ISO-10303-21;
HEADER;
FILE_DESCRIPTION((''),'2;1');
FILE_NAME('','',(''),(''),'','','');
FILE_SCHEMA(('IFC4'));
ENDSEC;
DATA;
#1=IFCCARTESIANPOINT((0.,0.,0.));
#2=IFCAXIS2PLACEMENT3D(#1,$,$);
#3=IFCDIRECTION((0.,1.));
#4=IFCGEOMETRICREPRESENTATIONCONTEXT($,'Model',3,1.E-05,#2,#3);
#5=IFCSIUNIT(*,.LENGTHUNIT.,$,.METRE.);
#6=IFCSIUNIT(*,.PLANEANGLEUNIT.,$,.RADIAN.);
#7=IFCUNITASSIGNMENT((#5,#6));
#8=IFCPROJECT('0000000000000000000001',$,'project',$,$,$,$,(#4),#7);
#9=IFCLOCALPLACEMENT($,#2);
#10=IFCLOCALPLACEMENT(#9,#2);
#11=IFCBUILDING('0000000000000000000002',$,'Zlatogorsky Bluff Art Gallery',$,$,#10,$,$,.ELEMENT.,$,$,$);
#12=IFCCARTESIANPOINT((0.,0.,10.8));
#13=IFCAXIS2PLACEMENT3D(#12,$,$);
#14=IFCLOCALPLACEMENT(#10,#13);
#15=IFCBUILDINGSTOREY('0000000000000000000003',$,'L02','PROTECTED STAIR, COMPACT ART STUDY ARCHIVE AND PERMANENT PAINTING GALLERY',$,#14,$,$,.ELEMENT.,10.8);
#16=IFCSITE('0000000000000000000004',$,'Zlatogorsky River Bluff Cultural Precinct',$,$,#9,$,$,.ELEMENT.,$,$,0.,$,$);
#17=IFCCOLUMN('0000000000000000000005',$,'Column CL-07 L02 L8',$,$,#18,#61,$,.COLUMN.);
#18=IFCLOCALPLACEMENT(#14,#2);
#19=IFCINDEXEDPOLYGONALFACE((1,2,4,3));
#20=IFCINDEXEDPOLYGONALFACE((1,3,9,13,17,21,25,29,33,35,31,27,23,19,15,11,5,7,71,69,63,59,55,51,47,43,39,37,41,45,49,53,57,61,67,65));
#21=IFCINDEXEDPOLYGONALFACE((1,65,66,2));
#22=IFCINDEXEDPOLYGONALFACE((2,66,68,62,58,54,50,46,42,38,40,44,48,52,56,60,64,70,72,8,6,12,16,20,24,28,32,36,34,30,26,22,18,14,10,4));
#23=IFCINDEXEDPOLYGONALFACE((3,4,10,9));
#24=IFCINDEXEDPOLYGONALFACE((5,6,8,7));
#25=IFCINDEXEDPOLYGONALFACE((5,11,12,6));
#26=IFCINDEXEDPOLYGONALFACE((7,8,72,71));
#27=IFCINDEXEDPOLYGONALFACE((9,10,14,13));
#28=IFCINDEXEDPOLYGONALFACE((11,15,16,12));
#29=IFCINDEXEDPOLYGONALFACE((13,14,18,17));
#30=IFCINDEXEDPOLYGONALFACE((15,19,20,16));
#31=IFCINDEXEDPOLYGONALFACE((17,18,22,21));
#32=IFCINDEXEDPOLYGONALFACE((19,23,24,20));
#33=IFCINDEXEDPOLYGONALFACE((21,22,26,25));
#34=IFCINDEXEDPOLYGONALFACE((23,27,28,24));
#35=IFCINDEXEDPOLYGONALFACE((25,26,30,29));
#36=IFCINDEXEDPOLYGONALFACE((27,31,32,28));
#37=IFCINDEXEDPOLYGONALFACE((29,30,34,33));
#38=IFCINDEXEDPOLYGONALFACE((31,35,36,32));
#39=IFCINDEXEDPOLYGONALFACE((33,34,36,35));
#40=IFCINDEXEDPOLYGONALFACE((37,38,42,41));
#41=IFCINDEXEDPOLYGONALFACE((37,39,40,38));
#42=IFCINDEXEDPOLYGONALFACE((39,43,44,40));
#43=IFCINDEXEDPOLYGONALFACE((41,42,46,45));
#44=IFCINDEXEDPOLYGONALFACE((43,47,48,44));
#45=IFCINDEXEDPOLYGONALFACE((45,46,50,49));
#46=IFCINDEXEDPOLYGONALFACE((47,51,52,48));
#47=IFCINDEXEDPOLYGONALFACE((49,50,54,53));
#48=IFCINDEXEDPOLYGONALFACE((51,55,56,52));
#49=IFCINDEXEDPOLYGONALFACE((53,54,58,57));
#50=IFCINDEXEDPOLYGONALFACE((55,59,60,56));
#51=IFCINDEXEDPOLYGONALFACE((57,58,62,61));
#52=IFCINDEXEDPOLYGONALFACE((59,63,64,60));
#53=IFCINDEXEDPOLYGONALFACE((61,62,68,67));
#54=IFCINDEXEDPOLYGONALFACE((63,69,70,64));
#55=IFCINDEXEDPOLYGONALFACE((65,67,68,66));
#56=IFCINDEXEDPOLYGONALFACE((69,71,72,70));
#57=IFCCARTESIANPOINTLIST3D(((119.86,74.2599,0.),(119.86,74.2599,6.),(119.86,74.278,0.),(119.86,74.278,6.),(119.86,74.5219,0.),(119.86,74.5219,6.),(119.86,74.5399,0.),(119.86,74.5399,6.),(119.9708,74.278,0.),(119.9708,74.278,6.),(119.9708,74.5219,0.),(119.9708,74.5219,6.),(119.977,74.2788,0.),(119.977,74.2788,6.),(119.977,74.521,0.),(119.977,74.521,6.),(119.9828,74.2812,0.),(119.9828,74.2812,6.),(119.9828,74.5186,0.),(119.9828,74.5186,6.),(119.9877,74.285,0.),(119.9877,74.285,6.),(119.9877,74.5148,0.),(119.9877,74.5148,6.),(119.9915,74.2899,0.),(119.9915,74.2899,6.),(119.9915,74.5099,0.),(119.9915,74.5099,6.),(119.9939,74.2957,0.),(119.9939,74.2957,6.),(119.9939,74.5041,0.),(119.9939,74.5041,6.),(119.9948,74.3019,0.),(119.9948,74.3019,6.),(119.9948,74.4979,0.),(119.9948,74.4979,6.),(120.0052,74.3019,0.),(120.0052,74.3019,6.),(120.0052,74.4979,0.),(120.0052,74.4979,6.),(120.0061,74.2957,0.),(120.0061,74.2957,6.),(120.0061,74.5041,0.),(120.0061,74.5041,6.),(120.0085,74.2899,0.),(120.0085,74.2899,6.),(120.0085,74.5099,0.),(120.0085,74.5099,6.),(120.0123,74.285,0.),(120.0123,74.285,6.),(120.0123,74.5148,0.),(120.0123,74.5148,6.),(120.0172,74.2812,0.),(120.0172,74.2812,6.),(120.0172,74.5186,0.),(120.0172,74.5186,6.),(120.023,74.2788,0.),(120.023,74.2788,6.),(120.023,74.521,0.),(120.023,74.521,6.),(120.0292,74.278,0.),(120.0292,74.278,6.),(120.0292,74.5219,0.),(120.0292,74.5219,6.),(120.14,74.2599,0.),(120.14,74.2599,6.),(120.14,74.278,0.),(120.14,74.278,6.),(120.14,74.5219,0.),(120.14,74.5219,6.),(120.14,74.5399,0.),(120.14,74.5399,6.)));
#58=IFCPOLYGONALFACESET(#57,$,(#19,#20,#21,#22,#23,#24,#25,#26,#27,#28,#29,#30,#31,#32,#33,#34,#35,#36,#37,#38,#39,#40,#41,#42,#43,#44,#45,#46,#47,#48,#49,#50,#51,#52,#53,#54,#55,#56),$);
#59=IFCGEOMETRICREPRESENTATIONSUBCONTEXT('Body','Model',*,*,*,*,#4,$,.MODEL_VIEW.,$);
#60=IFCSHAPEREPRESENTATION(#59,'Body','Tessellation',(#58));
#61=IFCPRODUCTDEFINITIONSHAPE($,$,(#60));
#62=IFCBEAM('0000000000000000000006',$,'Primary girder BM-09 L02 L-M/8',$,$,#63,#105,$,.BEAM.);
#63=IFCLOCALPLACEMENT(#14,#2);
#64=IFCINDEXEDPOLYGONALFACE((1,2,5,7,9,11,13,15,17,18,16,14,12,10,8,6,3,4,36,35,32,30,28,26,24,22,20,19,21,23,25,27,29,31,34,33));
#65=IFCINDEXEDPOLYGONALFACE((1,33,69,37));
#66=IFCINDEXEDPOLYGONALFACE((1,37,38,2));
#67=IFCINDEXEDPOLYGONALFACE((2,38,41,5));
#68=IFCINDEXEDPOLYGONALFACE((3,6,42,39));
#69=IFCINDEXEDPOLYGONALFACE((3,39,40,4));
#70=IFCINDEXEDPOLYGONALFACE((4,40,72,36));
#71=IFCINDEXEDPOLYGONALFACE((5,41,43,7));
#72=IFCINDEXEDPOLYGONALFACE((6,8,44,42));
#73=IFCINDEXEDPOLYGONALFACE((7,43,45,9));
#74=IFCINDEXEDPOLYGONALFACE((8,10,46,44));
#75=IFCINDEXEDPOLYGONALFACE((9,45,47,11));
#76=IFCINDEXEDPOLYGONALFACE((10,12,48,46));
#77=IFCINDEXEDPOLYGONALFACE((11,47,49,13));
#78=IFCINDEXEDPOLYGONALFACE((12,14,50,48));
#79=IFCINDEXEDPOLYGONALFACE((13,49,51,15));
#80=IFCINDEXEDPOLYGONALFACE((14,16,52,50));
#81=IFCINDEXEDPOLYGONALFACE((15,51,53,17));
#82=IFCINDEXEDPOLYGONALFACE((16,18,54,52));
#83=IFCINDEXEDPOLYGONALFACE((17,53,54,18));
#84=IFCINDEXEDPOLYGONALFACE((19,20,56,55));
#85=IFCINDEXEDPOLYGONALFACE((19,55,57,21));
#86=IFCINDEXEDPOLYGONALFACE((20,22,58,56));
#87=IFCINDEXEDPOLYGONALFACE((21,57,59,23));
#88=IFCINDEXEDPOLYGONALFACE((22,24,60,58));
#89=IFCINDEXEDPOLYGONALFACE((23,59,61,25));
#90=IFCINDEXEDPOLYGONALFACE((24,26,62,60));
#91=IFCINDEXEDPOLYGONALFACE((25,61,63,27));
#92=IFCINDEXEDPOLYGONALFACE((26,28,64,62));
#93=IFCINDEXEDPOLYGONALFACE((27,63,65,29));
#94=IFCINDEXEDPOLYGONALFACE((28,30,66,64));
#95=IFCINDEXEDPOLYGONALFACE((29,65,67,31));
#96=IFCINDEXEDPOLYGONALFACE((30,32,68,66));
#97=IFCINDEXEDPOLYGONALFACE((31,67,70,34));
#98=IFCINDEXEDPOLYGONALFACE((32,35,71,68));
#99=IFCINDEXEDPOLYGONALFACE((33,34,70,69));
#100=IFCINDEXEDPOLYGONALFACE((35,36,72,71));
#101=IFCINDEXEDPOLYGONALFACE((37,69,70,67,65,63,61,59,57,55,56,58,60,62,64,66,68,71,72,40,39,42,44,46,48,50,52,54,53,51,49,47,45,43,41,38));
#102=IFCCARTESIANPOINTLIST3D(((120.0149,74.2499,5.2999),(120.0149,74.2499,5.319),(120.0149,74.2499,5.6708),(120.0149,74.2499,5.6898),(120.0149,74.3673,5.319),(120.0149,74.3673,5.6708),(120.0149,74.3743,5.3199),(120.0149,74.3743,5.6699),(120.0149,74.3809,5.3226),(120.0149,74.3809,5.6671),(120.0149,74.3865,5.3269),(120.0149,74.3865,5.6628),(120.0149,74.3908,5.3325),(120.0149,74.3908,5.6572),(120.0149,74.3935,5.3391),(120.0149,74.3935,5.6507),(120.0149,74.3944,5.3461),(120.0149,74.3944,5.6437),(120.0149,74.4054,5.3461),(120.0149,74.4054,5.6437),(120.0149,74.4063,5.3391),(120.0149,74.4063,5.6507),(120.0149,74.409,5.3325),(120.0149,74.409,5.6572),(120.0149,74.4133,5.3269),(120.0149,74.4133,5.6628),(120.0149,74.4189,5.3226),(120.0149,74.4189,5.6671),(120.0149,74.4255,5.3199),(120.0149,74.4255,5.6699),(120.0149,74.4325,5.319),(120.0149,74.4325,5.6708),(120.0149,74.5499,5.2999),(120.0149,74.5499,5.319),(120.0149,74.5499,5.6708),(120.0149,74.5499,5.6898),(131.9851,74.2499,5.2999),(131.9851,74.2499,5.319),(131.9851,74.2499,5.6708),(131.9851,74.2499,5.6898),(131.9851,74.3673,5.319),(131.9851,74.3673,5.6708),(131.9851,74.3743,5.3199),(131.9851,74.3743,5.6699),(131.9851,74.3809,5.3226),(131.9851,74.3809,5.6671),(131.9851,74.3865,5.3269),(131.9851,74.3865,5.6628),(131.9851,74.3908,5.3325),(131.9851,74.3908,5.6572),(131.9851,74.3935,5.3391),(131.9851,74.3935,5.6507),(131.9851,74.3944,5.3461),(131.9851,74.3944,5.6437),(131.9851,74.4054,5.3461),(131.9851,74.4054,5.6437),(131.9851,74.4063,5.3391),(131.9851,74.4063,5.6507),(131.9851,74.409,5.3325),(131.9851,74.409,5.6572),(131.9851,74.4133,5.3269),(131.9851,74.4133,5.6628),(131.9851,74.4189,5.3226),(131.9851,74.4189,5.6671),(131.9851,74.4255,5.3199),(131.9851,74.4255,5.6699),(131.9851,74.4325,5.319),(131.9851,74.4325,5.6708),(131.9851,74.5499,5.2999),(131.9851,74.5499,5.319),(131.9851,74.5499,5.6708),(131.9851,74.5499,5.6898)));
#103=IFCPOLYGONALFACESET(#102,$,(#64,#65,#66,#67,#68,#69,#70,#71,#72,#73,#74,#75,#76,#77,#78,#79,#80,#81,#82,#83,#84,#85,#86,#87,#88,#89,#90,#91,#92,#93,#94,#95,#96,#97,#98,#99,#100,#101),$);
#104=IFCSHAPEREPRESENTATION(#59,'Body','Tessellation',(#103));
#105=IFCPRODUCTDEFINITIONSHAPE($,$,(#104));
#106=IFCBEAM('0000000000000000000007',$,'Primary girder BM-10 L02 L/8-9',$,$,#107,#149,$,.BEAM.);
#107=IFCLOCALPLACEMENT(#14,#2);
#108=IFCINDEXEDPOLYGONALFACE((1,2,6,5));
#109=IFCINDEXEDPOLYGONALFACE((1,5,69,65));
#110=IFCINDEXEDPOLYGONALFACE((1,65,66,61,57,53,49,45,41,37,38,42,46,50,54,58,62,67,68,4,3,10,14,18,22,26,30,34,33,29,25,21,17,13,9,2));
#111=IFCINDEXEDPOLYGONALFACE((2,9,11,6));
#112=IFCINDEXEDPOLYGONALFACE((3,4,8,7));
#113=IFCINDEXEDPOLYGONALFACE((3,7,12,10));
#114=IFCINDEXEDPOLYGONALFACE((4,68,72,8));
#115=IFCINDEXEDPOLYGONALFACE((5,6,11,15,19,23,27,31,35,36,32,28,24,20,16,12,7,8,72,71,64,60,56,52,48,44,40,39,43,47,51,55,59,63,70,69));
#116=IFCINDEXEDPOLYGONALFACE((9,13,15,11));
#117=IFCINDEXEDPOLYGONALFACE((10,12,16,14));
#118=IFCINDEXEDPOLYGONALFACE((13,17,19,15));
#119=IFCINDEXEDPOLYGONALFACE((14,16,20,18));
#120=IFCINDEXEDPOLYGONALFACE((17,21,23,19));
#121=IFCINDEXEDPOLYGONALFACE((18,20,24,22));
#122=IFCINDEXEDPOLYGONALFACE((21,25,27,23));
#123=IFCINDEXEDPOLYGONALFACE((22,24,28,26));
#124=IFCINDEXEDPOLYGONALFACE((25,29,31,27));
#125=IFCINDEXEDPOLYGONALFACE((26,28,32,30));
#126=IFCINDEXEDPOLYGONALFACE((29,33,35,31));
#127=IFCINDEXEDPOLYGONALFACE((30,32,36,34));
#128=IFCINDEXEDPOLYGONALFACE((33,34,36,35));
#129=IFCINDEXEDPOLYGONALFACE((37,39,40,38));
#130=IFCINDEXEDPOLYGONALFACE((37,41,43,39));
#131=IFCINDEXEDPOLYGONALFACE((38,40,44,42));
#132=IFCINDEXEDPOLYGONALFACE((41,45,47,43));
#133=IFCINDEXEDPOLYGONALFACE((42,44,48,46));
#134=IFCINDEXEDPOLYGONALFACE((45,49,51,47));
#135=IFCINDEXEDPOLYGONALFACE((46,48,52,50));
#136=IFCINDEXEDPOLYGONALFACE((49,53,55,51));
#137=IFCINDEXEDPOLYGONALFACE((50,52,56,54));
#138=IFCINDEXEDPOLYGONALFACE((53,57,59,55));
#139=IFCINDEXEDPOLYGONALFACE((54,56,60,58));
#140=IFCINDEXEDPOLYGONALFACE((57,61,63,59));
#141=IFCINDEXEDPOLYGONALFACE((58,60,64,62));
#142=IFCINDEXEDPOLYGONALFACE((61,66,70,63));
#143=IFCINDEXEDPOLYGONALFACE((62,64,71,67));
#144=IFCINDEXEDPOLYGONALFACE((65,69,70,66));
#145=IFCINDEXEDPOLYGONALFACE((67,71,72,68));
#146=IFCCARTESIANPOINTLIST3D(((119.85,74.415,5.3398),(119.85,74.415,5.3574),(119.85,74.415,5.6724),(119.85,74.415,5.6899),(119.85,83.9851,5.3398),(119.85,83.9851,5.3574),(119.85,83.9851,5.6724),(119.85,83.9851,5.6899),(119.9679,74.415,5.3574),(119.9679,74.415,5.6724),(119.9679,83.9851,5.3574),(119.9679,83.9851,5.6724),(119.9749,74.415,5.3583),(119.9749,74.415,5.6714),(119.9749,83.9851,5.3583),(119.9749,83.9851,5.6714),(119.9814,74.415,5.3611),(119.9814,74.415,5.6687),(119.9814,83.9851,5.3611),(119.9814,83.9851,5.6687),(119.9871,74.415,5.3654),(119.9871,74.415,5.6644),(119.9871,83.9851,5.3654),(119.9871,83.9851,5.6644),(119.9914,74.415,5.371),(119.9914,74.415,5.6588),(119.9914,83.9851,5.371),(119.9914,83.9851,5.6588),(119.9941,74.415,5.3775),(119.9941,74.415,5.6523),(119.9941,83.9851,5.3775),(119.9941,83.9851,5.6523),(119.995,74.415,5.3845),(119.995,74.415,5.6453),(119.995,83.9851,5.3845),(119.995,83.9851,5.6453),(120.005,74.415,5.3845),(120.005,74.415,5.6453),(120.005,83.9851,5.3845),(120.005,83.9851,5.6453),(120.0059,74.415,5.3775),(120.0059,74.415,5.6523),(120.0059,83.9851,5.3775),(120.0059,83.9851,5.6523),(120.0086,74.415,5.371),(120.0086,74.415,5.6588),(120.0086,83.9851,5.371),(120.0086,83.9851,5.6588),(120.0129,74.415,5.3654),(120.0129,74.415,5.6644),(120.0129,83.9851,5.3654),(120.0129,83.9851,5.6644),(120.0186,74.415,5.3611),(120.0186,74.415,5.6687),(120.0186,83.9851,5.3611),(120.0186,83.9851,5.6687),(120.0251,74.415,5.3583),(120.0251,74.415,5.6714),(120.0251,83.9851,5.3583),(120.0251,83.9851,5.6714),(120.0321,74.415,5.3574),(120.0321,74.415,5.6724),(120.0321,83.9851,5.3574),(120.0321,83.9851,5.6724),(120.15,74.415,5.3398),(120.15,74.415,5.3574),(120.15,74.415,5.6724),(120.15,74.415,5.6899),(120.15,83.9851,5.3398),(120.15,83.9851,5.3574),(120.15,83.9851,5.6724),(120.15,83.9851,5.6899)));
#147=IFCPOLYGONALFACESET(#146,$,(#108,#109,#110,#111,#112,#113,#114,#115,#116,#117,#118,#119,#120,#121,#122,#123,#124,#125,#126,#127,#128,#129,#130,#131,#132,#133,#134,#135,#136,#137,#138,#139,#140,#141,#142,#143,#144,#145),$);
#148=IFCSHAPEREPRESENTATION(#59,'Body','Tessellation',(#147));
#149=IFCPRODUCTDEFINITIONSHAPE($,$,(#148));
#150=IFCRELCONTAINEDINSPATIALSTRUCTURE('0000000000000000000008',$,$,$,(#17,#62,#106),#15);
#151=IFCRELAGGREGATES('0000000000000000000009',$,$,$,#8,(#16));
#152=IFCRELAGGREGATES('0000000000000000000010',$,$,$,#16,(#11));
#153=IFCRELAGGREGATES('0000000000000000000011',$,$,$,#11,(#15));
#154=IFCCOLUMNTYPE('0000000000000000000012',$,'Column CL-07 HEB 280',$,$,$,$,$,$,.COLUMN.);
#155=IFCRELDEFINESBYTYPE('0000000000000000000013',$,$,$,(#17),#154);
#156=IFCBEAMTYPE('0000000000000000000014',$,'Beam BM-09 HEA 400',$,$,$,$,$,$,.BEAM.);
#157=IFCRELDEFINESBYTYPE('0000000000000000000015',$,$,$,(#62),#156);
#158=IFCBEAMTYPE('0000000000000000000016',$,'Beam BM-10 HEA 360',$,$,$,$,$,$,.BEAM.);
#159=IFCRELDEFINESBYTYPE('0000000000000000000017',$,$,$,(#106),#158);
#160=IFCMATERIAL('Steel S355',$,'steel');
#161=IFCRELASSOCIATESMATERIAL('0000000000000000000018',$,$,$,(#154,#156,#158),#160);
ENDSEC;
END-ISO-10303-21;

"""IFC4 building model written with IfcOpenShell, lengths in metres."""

from ifc_helpers import new_model, si_unit, direction, frame, origin, origin_2d, place, context, subcontext, project, spatial, i_section, extrude, material, material_profile, profile_set, type_object, element, save


model = new_model("IFC4")

# Units and contexts
model_context = context("Model", 3, precision=1e-05, world=origin(), true_north=direction((0.0, 1.0)))
body_context = subcontext(model_context, "Body", "Model", "MODEL_VIEW")
ifc_project = project(units=[si_unit("LENGTHUNIT", "METRE"), si_unit("PLANEANGLEUNIT", "RADIAN")], contexts=[model_context])

# Site, building, storey
site_placement = place(None, origin())
site = spatial("IfcSite", under=ifc_project, at=site_placement, Name="Zlatogorsky River Bluff Cultural Precinct", CompositionType="ELEMENT", RefElevation=0.0)
building_placement = place(site_placement, origin())
building = spatial("IfcBuilding", under=site, at=building_placement, Name="Zlatogorsky Bluff Art Gallery", CompositionType="ELEMENT")
storey_placement = place(building_placement, frame((0.0, 0.0, 10.8)))
storey = spatial("IfcBuildingStorey", under=building, at=storey_placement, Name="L02", Description="PROTECTED STAIR, COMPACT ART STUDY ARCHIVE AND PERMANENT PAINTING GALLERY", CompositionType="ELEMENT", Elevation=10.8)

# Column
ifc_material_1 = material(Name="Steel S355", Category="steel")
ifc_material_profile_1 = material_profile(ifc_material_1, i_section(OverallWidth=0.28, OverallDepth=0.28, WebThickness=0.0105, FlangeThickness=0.0181, FilletRadius=0.0239, at=origin_2d()), Name="HEB 280")
ifc_profile_set_1 = profile_set([ifc_material_profile_1], Name="Steel S355")
column_type = type_object("IfcColumnType", Name="Column CL-07 HEB 280", PredefinedType="COLUMN", material=ifc_profile_set_1)
column_placement = place(storey_placement, frame((120.0, 74.3999, 0.0), z_axis=(0.0, 0.0, 1.0), x_axis=(1.0, 0.0, 0.0)))
element("IfcColumn", 1, at=column_placement, inside=storey, type_object=column_type, Name="Column CL-07 L02 L8", PredefinedType="COLUMN", context=body_context, shape_type="SweptSolid", body=[
    extrude(i_section(OverallWidth=0.28, OverallDepth=0.28, WebThickness=0.0105, FlangeThickness=0.0181, FilletRadius=0.0239, at=origin_2d()), origin(), (0.0, 0.0, 1.0), 6.0),
])

# Beams
ifc_material_profile_2 = material_profile(ifc_material_1, i_section(OverallWidth=0.3, OverallDepth=0.3899, WebThickness=0.011, FlangeThickness=0.019, FilletRadius=0.0271, at=origin_2d()), Name="HEA 400")
ifc_profile_set_2 = profile_set([ifc_material_profile_2], Name="Steel S355")
beam_type_1 = type_object("IfcBeamType", Name="Beam BM-09 HEA 400", PredefinedType="BEAM", material=ifc_profile_set_2)
beam_1_placement = place(storey_placement, frame((120.0149, 74.3999, 5.4949), z_axis=(1.0, 0.0, 0.0), x_axis=(0.0, 1.0, 0.0)))
element("IfcBeam", 2, at=beam_1_placement, inside=storey, type_object=beam_type_1, Name="Primary girder BM-09 L02 L-M/8", PredefinedType="BEAM", context=body_context, shape_type="SweptSolid", body=[
    extrude(i_section(OverallWidth=0.3, OverallDepth=0.3899, WebThickness=0.011, FlangeThickness=0.019, FilletRadius=0.0271, at=origin_2d()), origin(), (0.0, 0.0, 1.0), 11.9702),
])
ifc_material_profile_3 = material_profile(ifc_material_1, i_section(OverallWidth=0.3, OverallDepth=0.3501, WebThickness=0.01, FlangeThickness=0.0176, FilletRadius=0.0271, at=origin_2d()), Name="HEA 360")
ifc_profile_set_3 = profile_set([ifc_material_profile_3], Name="Steel S355")
beam_type_2 = type_object("IfcBeamType", Name="Beam BM-10 HEA 360", PredefinedType="BEAM", material=ifc_profile_set_3)
beam_2_placement = place(storey_placement, frame((120.0, 74.415, 5.5149), z_axis=(0.0, 1.0, 0.0), x_axis=(-1.0, 0.0, 0.0)))
element("IfcBeam", 3, at=beam_2_placement, inside=storey, type_object=beam_type_2, Name="Primary girder BM-10 L02 L/8-9", PredefinedType="BEAM", context=body_context, shape_type="SweptSolid", body=[
    extrude(i_section(OverallWidth=0.3, OverallDepth=0.3501, WebThickness=0.01, FlangeThickness=0.0176, FilletRadius=0.0271, at=origin_2d()), origin(), (0.0, 0.0, 1.0), 9.5701),
])

save(model, "model.ifc")
